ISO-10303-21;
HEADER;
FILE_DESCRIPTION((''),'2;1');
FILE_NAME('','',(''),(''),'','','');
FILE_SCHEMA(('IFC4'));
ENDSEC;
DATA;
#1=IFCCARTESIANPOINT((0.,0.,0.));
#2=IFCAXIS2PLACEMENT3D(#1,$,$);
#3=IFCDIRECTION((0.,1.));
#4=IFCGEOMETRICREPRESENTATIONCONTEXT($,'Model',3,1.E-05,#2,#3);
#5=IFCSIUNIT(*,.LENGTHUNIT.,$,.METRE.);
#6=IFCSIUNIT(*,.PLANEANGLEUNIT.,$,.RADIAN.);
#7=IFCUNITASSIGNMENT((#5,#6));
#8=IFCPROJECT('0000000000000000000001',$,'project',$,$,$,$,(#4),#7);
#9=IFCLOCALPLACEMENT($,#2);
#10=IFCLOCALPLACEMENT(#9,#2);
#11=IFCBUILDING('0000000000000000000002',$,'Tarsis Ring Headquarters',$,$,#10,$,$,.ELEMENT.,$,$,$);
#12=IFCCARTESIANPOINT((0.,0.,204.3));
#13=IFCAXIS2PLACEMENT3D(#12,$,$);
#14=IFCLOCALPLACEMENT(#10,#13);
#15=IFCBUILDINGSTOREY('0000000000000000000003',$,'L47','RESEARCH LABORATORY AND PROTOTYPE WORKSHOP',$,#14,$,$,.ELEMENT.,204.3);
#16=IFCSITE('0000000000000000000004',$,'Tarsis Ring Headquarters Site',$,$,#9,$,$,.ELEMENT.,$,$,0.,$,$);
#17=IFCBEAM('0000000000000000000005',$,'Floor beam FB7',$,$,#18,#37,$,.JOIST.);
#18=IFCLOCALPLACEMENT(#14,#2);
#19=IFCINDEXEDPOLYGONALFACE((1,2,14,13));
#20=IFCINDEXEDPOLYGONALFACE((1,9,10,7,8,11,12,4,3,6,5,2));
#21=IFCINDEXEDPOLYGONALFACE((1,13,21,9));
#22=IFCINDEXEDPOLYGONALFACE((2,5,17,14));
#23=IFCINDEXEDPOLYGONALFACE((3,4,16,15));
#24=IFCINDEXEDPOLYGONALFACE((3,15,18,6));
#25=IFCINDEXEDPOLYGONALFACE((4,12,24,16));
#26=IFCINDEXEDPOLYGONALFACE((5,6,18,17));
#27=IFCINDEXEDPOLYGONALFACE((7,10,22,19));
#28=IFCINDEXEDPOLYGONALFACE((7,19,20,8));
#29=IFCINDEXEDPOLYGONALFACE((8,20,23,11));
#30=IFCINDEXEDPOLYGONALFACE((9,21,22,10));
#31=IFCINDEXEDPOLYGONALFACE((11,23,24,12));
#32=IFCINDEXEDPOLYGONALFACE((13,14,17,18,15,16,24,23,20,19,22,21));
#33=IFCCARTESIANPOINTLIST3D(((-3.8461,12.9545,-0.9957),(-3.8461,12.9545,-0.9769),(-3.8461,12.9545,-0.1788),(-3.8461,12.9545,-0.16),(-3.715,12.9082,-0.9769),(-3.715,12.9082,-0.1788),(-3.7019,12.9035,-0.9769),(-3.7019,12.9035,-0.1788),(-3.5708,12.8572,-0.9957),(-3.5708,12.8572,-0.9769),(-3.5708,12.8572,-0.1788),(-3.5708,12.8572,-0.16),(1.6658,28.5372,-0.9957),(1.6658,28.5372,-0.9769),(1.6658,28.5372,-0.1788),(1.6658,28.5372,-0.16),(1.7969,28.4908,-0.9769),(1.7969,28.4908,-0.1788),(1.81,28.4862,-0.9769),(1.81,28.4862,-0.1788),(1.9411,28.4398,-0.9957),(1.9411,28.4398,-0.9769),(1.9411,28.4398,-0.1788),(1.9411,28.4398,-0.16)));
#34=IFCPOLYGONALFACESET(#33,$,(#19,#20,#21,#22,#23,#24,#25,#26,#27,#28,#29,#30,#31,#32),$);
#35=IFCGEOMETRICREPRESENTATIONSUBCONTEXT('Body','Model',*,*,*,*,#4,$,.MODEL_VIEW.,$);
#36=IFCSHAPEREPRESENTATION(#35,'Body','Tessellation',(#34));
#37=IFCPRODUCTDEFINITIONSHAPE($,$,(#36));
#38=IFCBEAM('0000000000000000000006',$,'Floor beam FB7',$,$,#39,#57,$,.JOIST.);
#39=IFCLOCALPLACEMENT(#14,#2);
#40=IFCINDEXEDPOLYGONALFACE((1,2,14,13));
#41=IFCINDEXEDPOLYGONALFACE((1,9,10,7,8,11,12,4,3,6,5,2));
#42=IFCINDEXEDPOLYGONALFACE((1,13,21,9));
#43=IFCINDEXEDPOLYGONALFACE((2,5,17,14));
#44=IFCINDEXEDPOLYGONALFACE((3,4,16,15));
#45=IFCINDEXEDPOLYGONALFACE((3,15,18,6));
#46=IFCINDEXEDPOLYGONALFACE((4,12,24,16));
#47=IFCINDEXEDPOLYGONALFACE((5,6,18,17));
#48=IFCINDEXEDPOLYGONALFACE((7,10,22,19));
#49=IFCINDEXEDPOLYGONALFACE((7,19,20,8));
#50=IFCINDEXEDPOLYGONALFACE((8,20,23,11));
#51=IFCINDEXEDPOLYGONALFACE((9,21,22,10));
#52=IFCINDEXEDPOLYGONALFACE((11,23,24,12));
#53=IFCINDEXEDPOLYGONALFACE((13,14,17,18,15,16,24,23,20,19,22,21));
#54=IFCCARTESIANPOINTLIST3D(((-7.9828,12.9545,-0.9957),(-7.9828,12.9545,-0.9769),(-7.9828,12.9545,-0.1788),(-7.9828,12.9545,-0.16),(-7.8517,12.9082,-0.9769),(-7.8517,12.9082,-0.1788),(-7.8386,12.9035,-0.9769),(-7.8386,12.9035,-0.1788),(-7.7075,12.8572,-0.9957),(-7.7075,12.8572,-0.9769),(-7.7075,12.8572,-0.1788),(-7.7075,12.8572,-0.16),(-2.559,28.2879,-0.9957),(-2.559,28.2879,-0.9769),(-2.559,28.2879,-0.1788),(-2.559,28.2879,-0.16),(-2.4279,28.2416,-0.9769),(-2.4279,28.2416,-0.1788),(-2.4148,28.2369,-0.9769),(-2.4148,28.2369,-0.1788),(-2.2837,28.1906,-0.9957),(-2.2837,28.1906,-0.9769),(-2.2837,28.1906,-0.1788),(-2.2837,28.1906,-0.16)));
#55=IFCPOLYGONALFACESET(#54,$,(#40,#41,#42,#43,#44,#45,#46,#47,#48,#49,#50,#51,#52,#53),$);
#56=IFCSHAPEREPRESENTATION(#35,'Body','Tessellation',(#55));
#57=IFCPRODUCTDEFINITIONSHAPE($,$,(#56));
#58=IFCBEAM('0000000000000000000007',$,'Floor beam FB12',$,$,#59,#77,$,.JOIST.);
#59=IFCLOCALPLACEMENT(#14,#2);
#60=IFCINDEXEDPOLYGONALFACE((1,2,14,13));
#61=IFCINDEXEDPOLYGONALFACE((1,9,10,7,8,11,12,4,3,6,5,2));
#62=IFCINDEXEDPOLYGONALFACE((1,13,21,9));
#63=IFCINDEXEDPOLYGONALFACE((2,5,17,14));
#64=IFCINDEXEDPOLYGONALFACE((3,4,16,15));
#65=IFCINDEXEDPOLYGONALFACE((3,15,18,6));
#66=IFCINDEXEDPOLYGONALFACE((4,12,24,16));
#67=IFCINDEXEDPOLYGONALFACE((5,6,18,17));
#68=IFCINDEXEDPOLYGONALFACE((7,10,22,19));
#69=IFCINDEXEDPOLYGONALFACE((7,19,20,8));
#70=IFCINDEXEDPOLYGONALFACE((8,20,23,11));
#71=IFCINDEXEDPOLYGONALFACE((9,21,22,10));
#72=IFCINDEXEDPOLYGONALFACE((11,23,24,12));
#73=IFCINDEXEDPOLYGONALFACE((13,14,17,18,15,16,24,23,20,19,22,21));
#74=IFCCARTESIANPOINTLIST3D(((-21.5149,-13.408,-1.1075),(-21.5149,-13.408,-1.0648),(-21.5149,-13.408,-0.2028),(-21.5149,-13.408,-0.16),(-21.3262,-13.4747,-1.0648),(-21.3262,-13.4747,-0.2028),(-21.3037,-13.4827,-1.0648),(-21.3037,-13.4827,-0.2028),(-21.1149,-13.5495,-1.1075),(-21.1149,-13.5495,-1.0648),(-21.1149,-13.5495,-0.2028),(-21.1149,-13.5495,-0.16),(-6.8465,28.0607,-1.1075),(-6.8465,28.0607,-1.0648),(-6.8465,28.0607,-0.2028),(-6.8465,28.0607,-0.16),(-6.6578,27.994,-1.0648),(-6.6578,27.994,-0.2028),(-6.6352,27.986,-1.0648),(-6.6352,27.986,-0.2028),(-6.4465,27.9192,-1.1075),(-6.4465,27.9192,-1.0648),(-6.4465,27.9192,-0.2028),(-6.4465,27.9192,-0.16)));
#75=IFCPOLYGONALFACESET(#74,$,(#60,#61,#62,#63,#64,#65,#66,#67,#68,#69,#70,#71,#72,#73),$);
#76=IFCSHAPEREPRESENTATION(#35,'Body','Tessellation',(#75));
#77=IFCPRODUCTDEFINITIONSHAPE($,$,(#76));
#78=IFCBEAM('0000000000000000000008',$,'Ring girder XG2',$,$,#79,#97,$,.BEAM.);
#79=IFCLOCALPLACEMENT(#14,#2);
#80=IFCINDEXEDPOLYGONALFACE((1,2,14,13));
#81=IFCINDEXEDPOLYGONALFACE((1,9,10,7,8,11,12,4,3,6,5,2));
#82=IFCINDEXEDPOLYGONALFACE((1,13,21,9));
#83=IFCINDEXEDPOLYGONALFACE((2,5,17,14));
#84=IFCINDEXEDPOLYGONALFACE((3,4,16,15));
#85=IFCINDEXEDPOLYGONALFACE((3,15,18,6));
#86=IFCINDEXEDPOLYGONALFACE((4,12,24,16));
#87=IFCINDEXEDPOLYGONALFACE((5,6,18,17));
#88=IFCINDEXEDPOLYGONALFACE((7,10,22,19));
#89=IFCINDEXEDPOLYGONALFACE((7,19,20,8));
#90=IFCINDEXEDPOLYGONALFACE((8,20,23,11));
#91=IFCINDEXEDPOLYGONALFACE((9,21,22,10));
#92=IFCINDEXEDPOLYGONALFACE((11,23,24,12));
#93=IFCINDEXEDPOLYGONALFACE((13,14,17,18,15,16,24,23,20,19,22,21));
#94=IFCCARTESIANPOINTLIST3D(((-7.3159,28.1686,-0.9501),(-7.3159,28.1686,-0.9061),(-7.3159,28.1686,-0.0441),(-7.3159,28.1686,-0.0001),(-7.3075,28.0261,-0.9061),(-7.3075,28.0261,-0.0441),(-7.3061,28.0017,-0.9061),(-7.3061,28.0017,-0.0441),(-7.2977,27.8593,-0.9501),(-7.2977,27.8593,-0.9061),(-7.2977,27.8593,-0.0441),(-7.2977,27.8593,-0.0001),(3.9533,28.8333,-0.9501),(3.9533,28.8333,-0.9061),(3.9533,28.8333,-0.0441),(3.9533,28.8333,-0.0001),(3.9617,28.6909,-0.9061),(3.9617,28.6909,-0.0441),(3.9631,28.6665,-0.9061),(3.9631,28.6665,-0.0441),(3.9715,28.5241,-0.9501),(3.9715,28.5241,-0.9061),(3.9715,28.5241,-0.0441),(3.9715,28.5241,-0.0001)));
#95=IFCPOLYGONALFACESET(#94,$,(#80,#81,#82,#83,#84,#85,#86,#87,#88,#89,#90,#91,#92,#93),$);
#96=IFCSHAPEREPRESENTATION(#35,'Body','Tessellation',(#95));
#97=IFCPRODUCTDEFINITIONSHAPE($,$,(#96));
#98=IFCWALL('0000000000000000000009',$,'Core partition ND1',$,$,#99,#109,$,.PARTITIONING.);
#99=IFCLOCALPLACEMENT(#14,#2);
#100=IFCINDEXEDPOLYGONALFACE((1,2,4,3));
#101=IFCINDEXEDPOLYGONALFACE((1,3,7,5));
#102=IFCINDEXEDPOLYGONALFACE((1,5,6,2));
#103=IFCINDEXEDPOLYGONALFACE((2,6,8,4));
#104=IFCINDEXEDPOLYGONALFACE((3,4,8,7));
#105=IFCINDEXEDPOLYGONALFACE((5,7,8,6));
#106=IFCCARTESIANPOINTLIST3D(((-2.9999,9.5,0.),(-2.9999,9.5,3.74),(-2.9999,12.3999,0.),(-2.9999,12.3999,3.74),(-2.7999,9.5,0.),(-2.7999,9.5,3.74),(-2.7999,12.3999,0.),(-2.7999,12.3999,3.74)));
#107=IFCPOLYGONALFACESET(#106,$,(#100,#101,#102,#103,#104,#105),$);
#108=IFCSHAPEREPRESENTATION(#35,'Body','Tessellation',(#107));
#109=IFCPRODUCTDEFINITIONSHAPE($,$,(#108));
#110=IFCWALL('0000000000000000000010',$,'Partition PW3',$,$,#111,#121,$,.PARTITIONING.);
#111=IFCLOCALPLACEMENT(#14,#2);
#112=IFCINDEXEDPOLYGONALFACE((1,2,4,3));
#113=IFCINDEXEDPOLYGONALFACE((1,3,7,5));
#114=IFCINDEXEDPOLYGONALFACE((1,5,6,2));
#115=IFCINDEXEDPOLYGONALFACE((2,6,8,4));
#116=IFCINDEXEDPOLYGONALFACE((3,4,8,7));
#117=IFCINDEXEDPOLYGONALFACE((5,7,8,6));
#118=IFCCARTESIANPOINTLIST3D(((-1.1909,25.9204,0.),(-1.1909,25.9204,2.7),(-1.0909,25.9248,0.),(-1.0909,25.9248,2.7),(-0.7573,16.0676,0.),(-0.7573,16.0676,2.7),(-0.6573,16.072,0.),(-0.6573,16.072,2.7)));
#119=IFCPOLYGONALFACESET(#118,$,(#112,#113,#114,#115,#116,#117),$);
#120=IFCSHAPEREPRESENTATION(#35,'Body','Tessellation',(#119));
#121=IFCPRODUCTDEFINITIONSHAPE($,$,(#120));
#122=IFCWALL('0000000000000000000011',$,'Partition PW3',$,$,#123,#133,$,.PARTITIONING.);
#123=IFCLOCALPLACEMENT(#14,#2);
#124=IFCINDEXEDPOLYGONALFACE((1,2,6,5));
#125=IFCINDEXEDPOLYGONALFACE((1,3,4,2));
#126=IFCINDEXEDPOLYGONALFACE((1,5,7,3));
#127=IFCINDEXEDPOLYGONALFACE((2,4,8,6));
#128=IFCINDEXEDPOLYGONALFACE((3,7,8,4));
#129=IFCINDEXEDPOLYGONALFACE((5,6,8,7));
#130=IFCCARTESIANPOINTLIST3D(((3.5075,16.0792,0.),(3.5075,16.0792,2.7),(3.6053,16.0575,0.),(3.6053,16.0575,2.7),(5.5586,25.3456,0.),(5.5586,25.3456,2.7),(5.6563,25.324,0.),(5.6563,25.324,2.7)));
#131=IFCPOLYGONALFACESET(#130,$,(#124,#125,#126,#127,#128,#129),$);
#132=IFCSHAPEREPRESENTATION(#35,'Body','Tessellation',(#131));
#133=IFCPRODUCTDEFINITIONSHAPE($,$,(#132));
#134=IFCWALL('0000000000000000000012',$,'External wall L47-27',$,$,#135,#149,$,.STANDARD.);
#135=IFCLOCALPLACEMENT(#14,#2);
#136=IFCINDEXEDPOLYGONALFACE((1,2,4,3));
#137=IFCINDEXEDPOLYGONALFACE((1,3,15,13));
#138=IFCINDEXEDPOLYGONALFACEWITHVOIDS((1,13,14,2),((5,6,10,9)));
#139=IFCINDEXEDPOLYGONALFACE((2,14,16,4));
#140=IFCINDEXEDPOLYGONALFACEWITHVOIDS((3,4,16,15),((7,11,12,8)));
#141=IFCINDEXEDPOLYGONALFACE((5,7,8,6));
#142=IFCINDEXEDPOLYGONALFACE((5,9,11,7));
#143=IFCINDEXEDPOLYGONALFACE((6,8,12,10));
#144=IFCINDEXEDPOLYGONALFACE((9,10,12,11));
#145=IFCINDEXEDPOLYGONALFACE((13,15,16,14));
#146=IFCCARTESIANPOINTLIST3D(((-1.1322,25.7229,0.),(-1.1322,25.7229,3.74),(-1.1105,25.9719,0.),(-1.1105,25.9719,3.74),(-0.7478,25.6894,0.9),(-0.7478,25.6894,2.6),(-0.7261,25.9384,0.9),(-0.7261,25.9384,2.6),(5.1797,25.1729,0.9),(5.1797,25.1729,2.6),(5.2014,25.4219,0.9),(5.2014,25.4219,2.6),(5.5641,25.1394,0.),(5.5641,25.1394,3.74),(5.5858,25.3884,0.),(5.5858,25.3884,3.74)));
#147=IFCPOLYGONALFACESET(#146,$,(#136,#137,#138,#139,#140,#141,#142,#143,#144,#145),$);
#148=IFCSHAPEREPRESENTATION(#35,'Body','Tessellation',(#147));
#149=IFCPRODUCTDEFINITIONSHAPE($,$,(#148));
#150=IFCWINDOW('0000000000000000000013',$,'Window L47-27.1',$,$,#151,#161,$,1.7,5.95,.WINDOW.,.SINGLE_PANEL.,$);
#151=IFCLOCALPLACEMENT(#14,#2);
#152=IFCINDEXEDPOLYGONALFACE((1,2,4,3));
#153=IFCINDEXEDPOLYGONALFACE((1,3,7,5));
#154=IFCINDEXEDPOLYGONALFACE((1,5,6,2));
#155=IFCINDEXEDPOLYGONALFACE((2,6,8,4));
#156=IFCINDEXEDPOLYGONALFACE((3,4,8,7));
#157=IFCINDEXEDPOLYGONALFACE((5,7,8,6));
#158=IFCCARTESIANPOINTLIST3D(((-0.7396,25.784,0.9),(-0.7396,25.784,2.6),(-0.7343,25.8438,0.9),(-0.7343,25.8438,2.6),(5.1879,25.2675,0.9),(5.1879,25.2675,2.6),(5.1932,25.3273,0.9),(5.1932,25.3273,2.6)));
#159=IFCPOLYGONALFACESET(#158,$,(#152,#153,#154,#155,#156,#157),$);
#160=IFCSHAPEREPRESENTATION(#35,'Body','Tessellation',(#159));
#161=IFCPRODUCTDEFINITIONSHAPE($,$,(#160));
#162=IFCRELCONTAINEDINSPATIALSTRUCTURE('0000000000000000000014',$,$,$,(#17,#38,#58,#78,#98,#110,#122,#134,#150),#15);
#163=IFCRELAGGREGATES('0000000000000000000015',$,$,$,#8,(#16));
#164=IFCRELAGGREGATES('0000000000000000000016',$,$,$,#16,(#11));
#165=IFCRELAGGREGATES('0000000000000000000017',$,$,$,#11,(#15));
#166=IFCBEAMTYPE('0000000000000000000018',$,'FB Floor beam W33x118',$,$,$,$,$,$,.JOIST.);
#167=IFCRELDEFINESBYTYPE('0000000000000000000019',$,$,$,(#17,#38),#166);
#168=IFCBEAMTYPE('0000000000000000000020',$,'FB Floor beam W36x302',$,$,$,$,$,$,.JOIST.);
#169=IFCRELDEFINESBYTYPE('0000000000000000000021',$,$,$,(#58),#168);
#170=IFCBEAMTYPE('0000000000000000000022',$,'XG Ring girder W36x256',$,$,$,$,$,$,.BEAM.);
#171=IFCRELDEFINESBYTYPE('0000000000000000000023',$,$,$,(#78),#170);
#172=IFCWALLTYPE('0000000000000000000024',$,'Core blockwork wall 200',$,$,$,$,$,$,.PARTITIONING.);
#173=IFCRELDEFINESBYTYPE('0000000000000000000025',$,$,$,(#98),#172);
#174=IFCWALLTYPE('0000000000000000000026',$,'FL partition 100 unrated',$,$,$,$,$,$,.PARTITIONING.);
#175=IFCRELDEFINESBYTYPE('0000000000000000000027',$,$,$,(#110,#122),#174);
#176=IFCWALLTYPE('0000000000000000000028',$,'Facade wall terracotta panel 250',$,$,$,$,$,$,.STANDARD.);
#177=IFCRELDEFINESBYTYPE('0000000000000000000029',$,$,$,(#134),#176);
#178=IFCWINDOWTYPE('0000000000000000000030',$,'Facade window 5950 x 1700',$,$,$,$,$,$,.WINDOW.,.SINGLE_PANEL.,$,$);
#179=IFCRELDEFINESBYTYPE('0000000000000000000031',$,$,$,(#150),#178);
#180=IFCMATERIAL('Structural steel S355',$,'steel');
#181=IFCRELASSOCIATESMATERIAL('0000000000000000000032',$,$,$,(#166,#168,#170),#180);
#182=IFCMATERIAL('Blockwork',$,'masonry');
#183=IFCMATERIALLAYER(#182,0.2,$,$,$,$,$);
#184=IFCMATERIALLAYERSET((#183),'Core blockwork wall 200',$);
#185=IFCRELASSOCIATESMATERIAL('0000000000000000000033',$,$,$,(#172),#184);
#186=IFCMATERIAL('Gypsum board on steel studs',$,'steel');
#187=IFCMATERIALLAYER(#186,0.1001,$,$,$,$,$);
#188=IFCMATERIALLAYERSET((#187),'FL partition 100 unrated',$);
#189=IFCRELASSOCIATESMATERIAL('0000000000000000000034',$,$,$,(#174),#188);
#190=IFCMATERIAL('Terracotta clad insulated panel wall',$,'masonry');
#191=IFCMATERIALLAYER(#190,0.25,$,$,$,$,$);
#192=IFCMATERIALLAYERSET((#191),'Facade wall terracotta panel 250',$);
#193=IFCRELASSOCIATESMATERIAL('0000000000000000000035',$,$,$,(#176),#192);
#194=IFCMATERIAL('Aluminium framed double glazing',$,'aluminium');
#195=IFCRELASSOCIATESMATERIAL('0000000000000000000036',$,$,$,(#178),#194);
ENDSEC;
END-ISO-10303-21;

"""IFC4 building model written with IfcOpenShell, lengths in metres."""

from ifc_helpers import new_model, si_unit, direction, frame, frame_2d, origin, origin_2d, place, context, subcontext, project, spatial, rectangle, i_section, extrude, material, layer, layer_set, material_profile, profile_set, type_object, element, fill, save


model = new_model("IFC4")

# Units and contexts
model_context = context("Model", 3, precision=1e-05, world=origin(), true_north=direction((0.0, 1.0)))
body_context = subcontext(model_context, "Body", "Model", "MODEL_VIEW")
ifc_project = project(units=[si_unit("LENGTHUNIT", "METRE"), si_unit("PLANEANGLEUNIT", "RADIAN")], contexts=[model_context])

# Site, building, storey
site_placement = place(None, origin())
site = spatial("IfcSite", under=ifc_project, at=site_placement, Name="Tarsis Ring Headquarters Site", CompositionType="ELEMENT", RefElevation=0.0)
building_placement = place(site_placement, origin())
building = spatial("IfcBuilding", under=site, at=building_placement, Name="Tarsis Ring Headquarters", CompositionType="ELEMENT")
storey_placement = place(building_placement, frame((0.0, 0.0, 204.3)))
storey = spatial("IfcBuildingStorey", under=building, at=storey_placement, Name="L47", Description="RESEARCH LABORATORY AND PROTOTYPE WORKSHOP", CompositionType="ELEMENT", Elevation=204.3)

# Shared definitions
ifc_material_1 = material(Name="Structural steel S355", Category="steel")

# Beams
ifc_material_profile_1 = material_profile(ifc_material_1, i_section(OverallWidth=0.292, OverallDepth=0.8357, WebThickness=0.0139, FlangeThickness=0.0188, at=origin_2d()), Name="W33x118")
ifc_profile_set_1 = profile_set([ifc_material_profile_1], Name="Structural steel S355")
beam_type_1 = type_object("IfcBeamType", Name="FB Floor beam W33x118", PredefinedType="JOIST", material=ifc_profile_set_1)
beam_1_placement = place(storey_placement, frame((1.8035, 28.4885, -0.5779), z_axis=(-0.333474, -0.942759, 0.0), x_axis=(0.942759, -0.333474, 0.0)))
element("IfcBeam", 1, at=beam_1_placement, inside=storey, type_object=beam_type_1, Name="Floor beam FB7", PredefinedType="JOIST", context=body_context, shape_type="SweptSolid", body=[
    extrude(i_section(OverallWidth=0.292, OverallDepth=0.8357, WebThickness=0.0139, FlangeThickness=0.0188, at=origin_2d()), origin(), (0.0, 0.0, 1.0), 16.5288),
])
beam_2_placement = place(storey_placement, frame((-2.4214, 28.2393, -0.5779), z_axis=(-0.333476, -0.942758, 0.0), x_axis=(0.942758, -0.333476, 0.0)))
element("IfcBeam", 2, at=beam_2_placement, inside=storey, type_object=beam_type_1, Name="Floor beam FB7", PredefinedType="JOIST", context=body_context, shape_type="SweptSolid", body=[
    extrude(i_section(OverallWidth=0.292, OverallDepth=0.8357, WebThickness=0.0139, FlangeThickness=0.0188, at=origin_2d()), origin(), (0.0, 0.0, 1.0), 16.2644),
])
ifc_material_profile_2 = material_profile(ifc_material_1, i_section(OverallWidth=0.4243, OverallDepth=0.9475, WebThickness=0.0239, FlangeThickness=0.0427, at=origin_2d()), Name="W36x302")
ifc_profile_set_2 = profile_set([ifc_material_profile_2], Name="Structural steel S355")
beam_type_2 = type_object("IfcBeamType", Name="FB Floor beam W36x302", PredefinedType="JOIST", material=ifc_profile_set_2)
beam_3_placement = place(storey_placement, frame((-6.6465, 27.99, -0.6338), z_axis=(-0.333476, -0.942759, 0.0), x_axis=(0.942759, -0.333476, 0.0)))
element("IfcBeam", 3, at=beam_3_placement, inside=storey, type_object=beam_type_2, Name="Floor beam FB12", PredefinedType="JOIST", context=body_context, shape_type="SweptSolid", body=[
    extrude(i_section(OverallWidth=0.4243, OverallDepth=0.9475, WebThickness=0.0239, FlangeThickness=0.0427, at=origin_2d()), origin(), (0.0, 0.0, 1.0), 43.9866),
])
ifc_material_profile_3 = material_profile(ifc_material_1, i_section(OverallWidth=0.3098, OverallDepth=0.95, WebThickness=0.0244, FlangeThickness=0.0439, at=origin_2d()), Name="W36x256")
ifc_profile_set_3 = profile_set([ifc_material_profile_3], Name="Structural steel S355")
beam_type_3 = type_object("IfcBeamType", Name="XG Ring girder W36x256", PredefinedType="BEAM", material=ifc_profile_set_3)
beam_4_placement = place(storey_placement, frame((3.9624, 28.6787, -0.4751), z_axis=(-0.998265, -0.058889, 0.0), x_axis=(0.058889, -0.998265, 0.0)))
element("IfcBeam", 4, at=beam_4_placement, inside=storey, type_object=beam_type_3, Name="Ring girder XG2", PredefinedType="BEAM", context=body_context, shape_type="SweptSolid", body=[
    extrude(i_section(OverallWidth=0.3098, OverallDepth=0.95, WebThickness=0.0244, FlangeThickness=0.0439, at=origin_2d()), origin(), (0.0, 0.0, 1.0), 11.2888),
])

# Walls
ifc_material_2 = material(Name="Blockwork", Category="masonry")
ifc_layer_1 = layer(ifc_material_2, 0.2)
ifc_layer_set_1 = layer_set([ifc_layer_1], Name="Core blockwork wall 200")
wall_type_1 = type_object("IfcWallType", Name="Core blockwork wall 200", PredefinedType="PARTITIONING", material=ifc_layer_set_1)
wall_1_placement = place(storey_placement, frame((-2.8999, 9.5, 0.0), z_axis=(0.0, 0.0, 1.0), x_axis=(0.0, 1.0, 0.0)))
element("IfcWall", 5, at=wall_1_placement, inside=storey, type_object=wall_type_1, Name="Core partition ND1", PredefinedType="PARTITIONING", context=body_context, shape_type="SweptSolid", body=[
    extrude(rectangle(XDim=2.8999, YDim=0.2, at=frame_2d((1.45, 0.0))), origin(), (0.0, 0.0, 1.0), 3.74),
])
ifc_material_3 = material(Name="Gypsum board on steel studs", Category="steel")
ifc_layer_2 = layer(ifc_material_3, 0.1001)
ifc_layer_set_2 = layer_set([ifc_layer_2], Name="FL partition 100 unrated")
wall_type_2 = type_object("IfcWallType", Name="FL partition 100 unrated", PredefinedType="PARTITIONING", material=ifc_layer_set_2)
wall_2_placement = place(storey_placement, frame((-1.1409, 25.9226, 0.0), z_axis=(0.0, 0.0, 1.0), x_axis=(0.043965, -0.999033, 0.0)))
element("IfcWall", 6, at=wall_2_placement, inside=storey, type_object=wall_type_2, Name="Partition PW3", PredefinedType="PARTITIONING", context=body_context, shape_type="SweptSolid", body=[
    extrude(rectangle(XDim=9.8623, YDim=0.1001, at=frame_2d((4.9312, 0.0))), origin(), (0.0, 0.0, 1.0), 2.7),
])
wall_3_placement = place(storey_placement, frame((3.5564, 16.0684, 0.0), z_axis=(0.0, 0.0, 1.0), x_axis=(0.216111, 0.976369, 0.0)))
element("IfcWall", 7, at=wall_3_placement, inside=storey, type_object=wall_type_2, Name="Partition PW3", PredefinedType="PARTITIONING", context=body_context, shape_type="SweptSolid", body=[
    extrude(rectangle(XDim=9.4907, YDim=0.1001, at=frame_2d((4.7454, 0.0))), origin(), (0.0, 0.0, 1.0), 2.7),
])

# Wall, opening, window
ifc_material_4 = material(Name="Terracotta clad insulated panel wall", Category="masonry")
ifc_layer_3 = layer(ifc_material_4, 0.25)
ifc_layer_set_3 = layer_set([ifc_layer_3], Name="Facade wall terracotta panel 250")
wall_type_3 = type_object("IfcWallType", Name="Facade wall terracotta panel 250", PredefinedType="STANDARD", material=ifc_layer_set_3)
wall_4_placement = place(storey_placement, frame((5.575, 25.2639, 0.0), z_axis=(0.0, 0.0, 1.0), x_axis=(-0.996225, 0.086808, 0.0)))
wall_4 = element("IfcWall", 8, at=wall_4_placement, inside=storey, type_object=wall_type_3, Name="External wall L47-27", PredefinedType="STANDARD", context=body_context, shape_type="SweptSolid", body=[
    extrude(rectangle(XDim=6.7217, YDim=0.25, at=frame_2d((3.3608, 0.0))), origin(), (0.0, 0.0, 1.0), 3.74),
])
opening_1_placement = place(wall_4_placement, frame((0.3857, 0.0, 0.8999)))
opening_1 = element("IfcOpeningElement", 9, at=opening_1_placement, cuts=wall_4, PredefinedType="OPENING", context=body_context, shape_type="SweptSolid", body=[
    extrude(rectangle(XDim=5.95, YDim=1.7, at=frame_2d((2.9751, 0.8501))), frame((0.0, 0.135, 0.0), z_axis=(0.0, -1.0, 0.0), x_axis=(1.0, 0.0, 0.0)), (0.0, 0.0, 1.0), 0.27),
])
ifc_material_5 = material(Name="Aluminium framed double glazing", Category="aluminium")
window_type = type_object("IfcWindowType", Name="Facade window 5950 x 1700", PartitioningType="SINGLE_PANEL", PredefinedType="WINDOW", material=ifc_material_5)
window_1_placement = place(opening_1_placement, origin())
window_1 = element("IfcWindow", 10, at=window_1_placement, inside=storey, type_object=window_type, Name="Window L47-27.1", OverallHeight=1.7, OverallWidth=5.95, PartitioningType="SINGLE_PANEL", PredefinedType="WINDOW", context=body_context, shape_type="SweptSolid", body=[
    extrude(rectangle(XDim=5.95, YDim=1.7, at=frame_2d((2.9751, 0.8501))), frame((0.0, 0.03, 0.0), z_axis=(0.0, -1.0, 0.0), x_axis=(1.0, 0.0, 0.0)), (0.0, 0.0, 1.0), 0.0601),
])
fill(opening_1, window_1)

save(model, "model.ifc")
